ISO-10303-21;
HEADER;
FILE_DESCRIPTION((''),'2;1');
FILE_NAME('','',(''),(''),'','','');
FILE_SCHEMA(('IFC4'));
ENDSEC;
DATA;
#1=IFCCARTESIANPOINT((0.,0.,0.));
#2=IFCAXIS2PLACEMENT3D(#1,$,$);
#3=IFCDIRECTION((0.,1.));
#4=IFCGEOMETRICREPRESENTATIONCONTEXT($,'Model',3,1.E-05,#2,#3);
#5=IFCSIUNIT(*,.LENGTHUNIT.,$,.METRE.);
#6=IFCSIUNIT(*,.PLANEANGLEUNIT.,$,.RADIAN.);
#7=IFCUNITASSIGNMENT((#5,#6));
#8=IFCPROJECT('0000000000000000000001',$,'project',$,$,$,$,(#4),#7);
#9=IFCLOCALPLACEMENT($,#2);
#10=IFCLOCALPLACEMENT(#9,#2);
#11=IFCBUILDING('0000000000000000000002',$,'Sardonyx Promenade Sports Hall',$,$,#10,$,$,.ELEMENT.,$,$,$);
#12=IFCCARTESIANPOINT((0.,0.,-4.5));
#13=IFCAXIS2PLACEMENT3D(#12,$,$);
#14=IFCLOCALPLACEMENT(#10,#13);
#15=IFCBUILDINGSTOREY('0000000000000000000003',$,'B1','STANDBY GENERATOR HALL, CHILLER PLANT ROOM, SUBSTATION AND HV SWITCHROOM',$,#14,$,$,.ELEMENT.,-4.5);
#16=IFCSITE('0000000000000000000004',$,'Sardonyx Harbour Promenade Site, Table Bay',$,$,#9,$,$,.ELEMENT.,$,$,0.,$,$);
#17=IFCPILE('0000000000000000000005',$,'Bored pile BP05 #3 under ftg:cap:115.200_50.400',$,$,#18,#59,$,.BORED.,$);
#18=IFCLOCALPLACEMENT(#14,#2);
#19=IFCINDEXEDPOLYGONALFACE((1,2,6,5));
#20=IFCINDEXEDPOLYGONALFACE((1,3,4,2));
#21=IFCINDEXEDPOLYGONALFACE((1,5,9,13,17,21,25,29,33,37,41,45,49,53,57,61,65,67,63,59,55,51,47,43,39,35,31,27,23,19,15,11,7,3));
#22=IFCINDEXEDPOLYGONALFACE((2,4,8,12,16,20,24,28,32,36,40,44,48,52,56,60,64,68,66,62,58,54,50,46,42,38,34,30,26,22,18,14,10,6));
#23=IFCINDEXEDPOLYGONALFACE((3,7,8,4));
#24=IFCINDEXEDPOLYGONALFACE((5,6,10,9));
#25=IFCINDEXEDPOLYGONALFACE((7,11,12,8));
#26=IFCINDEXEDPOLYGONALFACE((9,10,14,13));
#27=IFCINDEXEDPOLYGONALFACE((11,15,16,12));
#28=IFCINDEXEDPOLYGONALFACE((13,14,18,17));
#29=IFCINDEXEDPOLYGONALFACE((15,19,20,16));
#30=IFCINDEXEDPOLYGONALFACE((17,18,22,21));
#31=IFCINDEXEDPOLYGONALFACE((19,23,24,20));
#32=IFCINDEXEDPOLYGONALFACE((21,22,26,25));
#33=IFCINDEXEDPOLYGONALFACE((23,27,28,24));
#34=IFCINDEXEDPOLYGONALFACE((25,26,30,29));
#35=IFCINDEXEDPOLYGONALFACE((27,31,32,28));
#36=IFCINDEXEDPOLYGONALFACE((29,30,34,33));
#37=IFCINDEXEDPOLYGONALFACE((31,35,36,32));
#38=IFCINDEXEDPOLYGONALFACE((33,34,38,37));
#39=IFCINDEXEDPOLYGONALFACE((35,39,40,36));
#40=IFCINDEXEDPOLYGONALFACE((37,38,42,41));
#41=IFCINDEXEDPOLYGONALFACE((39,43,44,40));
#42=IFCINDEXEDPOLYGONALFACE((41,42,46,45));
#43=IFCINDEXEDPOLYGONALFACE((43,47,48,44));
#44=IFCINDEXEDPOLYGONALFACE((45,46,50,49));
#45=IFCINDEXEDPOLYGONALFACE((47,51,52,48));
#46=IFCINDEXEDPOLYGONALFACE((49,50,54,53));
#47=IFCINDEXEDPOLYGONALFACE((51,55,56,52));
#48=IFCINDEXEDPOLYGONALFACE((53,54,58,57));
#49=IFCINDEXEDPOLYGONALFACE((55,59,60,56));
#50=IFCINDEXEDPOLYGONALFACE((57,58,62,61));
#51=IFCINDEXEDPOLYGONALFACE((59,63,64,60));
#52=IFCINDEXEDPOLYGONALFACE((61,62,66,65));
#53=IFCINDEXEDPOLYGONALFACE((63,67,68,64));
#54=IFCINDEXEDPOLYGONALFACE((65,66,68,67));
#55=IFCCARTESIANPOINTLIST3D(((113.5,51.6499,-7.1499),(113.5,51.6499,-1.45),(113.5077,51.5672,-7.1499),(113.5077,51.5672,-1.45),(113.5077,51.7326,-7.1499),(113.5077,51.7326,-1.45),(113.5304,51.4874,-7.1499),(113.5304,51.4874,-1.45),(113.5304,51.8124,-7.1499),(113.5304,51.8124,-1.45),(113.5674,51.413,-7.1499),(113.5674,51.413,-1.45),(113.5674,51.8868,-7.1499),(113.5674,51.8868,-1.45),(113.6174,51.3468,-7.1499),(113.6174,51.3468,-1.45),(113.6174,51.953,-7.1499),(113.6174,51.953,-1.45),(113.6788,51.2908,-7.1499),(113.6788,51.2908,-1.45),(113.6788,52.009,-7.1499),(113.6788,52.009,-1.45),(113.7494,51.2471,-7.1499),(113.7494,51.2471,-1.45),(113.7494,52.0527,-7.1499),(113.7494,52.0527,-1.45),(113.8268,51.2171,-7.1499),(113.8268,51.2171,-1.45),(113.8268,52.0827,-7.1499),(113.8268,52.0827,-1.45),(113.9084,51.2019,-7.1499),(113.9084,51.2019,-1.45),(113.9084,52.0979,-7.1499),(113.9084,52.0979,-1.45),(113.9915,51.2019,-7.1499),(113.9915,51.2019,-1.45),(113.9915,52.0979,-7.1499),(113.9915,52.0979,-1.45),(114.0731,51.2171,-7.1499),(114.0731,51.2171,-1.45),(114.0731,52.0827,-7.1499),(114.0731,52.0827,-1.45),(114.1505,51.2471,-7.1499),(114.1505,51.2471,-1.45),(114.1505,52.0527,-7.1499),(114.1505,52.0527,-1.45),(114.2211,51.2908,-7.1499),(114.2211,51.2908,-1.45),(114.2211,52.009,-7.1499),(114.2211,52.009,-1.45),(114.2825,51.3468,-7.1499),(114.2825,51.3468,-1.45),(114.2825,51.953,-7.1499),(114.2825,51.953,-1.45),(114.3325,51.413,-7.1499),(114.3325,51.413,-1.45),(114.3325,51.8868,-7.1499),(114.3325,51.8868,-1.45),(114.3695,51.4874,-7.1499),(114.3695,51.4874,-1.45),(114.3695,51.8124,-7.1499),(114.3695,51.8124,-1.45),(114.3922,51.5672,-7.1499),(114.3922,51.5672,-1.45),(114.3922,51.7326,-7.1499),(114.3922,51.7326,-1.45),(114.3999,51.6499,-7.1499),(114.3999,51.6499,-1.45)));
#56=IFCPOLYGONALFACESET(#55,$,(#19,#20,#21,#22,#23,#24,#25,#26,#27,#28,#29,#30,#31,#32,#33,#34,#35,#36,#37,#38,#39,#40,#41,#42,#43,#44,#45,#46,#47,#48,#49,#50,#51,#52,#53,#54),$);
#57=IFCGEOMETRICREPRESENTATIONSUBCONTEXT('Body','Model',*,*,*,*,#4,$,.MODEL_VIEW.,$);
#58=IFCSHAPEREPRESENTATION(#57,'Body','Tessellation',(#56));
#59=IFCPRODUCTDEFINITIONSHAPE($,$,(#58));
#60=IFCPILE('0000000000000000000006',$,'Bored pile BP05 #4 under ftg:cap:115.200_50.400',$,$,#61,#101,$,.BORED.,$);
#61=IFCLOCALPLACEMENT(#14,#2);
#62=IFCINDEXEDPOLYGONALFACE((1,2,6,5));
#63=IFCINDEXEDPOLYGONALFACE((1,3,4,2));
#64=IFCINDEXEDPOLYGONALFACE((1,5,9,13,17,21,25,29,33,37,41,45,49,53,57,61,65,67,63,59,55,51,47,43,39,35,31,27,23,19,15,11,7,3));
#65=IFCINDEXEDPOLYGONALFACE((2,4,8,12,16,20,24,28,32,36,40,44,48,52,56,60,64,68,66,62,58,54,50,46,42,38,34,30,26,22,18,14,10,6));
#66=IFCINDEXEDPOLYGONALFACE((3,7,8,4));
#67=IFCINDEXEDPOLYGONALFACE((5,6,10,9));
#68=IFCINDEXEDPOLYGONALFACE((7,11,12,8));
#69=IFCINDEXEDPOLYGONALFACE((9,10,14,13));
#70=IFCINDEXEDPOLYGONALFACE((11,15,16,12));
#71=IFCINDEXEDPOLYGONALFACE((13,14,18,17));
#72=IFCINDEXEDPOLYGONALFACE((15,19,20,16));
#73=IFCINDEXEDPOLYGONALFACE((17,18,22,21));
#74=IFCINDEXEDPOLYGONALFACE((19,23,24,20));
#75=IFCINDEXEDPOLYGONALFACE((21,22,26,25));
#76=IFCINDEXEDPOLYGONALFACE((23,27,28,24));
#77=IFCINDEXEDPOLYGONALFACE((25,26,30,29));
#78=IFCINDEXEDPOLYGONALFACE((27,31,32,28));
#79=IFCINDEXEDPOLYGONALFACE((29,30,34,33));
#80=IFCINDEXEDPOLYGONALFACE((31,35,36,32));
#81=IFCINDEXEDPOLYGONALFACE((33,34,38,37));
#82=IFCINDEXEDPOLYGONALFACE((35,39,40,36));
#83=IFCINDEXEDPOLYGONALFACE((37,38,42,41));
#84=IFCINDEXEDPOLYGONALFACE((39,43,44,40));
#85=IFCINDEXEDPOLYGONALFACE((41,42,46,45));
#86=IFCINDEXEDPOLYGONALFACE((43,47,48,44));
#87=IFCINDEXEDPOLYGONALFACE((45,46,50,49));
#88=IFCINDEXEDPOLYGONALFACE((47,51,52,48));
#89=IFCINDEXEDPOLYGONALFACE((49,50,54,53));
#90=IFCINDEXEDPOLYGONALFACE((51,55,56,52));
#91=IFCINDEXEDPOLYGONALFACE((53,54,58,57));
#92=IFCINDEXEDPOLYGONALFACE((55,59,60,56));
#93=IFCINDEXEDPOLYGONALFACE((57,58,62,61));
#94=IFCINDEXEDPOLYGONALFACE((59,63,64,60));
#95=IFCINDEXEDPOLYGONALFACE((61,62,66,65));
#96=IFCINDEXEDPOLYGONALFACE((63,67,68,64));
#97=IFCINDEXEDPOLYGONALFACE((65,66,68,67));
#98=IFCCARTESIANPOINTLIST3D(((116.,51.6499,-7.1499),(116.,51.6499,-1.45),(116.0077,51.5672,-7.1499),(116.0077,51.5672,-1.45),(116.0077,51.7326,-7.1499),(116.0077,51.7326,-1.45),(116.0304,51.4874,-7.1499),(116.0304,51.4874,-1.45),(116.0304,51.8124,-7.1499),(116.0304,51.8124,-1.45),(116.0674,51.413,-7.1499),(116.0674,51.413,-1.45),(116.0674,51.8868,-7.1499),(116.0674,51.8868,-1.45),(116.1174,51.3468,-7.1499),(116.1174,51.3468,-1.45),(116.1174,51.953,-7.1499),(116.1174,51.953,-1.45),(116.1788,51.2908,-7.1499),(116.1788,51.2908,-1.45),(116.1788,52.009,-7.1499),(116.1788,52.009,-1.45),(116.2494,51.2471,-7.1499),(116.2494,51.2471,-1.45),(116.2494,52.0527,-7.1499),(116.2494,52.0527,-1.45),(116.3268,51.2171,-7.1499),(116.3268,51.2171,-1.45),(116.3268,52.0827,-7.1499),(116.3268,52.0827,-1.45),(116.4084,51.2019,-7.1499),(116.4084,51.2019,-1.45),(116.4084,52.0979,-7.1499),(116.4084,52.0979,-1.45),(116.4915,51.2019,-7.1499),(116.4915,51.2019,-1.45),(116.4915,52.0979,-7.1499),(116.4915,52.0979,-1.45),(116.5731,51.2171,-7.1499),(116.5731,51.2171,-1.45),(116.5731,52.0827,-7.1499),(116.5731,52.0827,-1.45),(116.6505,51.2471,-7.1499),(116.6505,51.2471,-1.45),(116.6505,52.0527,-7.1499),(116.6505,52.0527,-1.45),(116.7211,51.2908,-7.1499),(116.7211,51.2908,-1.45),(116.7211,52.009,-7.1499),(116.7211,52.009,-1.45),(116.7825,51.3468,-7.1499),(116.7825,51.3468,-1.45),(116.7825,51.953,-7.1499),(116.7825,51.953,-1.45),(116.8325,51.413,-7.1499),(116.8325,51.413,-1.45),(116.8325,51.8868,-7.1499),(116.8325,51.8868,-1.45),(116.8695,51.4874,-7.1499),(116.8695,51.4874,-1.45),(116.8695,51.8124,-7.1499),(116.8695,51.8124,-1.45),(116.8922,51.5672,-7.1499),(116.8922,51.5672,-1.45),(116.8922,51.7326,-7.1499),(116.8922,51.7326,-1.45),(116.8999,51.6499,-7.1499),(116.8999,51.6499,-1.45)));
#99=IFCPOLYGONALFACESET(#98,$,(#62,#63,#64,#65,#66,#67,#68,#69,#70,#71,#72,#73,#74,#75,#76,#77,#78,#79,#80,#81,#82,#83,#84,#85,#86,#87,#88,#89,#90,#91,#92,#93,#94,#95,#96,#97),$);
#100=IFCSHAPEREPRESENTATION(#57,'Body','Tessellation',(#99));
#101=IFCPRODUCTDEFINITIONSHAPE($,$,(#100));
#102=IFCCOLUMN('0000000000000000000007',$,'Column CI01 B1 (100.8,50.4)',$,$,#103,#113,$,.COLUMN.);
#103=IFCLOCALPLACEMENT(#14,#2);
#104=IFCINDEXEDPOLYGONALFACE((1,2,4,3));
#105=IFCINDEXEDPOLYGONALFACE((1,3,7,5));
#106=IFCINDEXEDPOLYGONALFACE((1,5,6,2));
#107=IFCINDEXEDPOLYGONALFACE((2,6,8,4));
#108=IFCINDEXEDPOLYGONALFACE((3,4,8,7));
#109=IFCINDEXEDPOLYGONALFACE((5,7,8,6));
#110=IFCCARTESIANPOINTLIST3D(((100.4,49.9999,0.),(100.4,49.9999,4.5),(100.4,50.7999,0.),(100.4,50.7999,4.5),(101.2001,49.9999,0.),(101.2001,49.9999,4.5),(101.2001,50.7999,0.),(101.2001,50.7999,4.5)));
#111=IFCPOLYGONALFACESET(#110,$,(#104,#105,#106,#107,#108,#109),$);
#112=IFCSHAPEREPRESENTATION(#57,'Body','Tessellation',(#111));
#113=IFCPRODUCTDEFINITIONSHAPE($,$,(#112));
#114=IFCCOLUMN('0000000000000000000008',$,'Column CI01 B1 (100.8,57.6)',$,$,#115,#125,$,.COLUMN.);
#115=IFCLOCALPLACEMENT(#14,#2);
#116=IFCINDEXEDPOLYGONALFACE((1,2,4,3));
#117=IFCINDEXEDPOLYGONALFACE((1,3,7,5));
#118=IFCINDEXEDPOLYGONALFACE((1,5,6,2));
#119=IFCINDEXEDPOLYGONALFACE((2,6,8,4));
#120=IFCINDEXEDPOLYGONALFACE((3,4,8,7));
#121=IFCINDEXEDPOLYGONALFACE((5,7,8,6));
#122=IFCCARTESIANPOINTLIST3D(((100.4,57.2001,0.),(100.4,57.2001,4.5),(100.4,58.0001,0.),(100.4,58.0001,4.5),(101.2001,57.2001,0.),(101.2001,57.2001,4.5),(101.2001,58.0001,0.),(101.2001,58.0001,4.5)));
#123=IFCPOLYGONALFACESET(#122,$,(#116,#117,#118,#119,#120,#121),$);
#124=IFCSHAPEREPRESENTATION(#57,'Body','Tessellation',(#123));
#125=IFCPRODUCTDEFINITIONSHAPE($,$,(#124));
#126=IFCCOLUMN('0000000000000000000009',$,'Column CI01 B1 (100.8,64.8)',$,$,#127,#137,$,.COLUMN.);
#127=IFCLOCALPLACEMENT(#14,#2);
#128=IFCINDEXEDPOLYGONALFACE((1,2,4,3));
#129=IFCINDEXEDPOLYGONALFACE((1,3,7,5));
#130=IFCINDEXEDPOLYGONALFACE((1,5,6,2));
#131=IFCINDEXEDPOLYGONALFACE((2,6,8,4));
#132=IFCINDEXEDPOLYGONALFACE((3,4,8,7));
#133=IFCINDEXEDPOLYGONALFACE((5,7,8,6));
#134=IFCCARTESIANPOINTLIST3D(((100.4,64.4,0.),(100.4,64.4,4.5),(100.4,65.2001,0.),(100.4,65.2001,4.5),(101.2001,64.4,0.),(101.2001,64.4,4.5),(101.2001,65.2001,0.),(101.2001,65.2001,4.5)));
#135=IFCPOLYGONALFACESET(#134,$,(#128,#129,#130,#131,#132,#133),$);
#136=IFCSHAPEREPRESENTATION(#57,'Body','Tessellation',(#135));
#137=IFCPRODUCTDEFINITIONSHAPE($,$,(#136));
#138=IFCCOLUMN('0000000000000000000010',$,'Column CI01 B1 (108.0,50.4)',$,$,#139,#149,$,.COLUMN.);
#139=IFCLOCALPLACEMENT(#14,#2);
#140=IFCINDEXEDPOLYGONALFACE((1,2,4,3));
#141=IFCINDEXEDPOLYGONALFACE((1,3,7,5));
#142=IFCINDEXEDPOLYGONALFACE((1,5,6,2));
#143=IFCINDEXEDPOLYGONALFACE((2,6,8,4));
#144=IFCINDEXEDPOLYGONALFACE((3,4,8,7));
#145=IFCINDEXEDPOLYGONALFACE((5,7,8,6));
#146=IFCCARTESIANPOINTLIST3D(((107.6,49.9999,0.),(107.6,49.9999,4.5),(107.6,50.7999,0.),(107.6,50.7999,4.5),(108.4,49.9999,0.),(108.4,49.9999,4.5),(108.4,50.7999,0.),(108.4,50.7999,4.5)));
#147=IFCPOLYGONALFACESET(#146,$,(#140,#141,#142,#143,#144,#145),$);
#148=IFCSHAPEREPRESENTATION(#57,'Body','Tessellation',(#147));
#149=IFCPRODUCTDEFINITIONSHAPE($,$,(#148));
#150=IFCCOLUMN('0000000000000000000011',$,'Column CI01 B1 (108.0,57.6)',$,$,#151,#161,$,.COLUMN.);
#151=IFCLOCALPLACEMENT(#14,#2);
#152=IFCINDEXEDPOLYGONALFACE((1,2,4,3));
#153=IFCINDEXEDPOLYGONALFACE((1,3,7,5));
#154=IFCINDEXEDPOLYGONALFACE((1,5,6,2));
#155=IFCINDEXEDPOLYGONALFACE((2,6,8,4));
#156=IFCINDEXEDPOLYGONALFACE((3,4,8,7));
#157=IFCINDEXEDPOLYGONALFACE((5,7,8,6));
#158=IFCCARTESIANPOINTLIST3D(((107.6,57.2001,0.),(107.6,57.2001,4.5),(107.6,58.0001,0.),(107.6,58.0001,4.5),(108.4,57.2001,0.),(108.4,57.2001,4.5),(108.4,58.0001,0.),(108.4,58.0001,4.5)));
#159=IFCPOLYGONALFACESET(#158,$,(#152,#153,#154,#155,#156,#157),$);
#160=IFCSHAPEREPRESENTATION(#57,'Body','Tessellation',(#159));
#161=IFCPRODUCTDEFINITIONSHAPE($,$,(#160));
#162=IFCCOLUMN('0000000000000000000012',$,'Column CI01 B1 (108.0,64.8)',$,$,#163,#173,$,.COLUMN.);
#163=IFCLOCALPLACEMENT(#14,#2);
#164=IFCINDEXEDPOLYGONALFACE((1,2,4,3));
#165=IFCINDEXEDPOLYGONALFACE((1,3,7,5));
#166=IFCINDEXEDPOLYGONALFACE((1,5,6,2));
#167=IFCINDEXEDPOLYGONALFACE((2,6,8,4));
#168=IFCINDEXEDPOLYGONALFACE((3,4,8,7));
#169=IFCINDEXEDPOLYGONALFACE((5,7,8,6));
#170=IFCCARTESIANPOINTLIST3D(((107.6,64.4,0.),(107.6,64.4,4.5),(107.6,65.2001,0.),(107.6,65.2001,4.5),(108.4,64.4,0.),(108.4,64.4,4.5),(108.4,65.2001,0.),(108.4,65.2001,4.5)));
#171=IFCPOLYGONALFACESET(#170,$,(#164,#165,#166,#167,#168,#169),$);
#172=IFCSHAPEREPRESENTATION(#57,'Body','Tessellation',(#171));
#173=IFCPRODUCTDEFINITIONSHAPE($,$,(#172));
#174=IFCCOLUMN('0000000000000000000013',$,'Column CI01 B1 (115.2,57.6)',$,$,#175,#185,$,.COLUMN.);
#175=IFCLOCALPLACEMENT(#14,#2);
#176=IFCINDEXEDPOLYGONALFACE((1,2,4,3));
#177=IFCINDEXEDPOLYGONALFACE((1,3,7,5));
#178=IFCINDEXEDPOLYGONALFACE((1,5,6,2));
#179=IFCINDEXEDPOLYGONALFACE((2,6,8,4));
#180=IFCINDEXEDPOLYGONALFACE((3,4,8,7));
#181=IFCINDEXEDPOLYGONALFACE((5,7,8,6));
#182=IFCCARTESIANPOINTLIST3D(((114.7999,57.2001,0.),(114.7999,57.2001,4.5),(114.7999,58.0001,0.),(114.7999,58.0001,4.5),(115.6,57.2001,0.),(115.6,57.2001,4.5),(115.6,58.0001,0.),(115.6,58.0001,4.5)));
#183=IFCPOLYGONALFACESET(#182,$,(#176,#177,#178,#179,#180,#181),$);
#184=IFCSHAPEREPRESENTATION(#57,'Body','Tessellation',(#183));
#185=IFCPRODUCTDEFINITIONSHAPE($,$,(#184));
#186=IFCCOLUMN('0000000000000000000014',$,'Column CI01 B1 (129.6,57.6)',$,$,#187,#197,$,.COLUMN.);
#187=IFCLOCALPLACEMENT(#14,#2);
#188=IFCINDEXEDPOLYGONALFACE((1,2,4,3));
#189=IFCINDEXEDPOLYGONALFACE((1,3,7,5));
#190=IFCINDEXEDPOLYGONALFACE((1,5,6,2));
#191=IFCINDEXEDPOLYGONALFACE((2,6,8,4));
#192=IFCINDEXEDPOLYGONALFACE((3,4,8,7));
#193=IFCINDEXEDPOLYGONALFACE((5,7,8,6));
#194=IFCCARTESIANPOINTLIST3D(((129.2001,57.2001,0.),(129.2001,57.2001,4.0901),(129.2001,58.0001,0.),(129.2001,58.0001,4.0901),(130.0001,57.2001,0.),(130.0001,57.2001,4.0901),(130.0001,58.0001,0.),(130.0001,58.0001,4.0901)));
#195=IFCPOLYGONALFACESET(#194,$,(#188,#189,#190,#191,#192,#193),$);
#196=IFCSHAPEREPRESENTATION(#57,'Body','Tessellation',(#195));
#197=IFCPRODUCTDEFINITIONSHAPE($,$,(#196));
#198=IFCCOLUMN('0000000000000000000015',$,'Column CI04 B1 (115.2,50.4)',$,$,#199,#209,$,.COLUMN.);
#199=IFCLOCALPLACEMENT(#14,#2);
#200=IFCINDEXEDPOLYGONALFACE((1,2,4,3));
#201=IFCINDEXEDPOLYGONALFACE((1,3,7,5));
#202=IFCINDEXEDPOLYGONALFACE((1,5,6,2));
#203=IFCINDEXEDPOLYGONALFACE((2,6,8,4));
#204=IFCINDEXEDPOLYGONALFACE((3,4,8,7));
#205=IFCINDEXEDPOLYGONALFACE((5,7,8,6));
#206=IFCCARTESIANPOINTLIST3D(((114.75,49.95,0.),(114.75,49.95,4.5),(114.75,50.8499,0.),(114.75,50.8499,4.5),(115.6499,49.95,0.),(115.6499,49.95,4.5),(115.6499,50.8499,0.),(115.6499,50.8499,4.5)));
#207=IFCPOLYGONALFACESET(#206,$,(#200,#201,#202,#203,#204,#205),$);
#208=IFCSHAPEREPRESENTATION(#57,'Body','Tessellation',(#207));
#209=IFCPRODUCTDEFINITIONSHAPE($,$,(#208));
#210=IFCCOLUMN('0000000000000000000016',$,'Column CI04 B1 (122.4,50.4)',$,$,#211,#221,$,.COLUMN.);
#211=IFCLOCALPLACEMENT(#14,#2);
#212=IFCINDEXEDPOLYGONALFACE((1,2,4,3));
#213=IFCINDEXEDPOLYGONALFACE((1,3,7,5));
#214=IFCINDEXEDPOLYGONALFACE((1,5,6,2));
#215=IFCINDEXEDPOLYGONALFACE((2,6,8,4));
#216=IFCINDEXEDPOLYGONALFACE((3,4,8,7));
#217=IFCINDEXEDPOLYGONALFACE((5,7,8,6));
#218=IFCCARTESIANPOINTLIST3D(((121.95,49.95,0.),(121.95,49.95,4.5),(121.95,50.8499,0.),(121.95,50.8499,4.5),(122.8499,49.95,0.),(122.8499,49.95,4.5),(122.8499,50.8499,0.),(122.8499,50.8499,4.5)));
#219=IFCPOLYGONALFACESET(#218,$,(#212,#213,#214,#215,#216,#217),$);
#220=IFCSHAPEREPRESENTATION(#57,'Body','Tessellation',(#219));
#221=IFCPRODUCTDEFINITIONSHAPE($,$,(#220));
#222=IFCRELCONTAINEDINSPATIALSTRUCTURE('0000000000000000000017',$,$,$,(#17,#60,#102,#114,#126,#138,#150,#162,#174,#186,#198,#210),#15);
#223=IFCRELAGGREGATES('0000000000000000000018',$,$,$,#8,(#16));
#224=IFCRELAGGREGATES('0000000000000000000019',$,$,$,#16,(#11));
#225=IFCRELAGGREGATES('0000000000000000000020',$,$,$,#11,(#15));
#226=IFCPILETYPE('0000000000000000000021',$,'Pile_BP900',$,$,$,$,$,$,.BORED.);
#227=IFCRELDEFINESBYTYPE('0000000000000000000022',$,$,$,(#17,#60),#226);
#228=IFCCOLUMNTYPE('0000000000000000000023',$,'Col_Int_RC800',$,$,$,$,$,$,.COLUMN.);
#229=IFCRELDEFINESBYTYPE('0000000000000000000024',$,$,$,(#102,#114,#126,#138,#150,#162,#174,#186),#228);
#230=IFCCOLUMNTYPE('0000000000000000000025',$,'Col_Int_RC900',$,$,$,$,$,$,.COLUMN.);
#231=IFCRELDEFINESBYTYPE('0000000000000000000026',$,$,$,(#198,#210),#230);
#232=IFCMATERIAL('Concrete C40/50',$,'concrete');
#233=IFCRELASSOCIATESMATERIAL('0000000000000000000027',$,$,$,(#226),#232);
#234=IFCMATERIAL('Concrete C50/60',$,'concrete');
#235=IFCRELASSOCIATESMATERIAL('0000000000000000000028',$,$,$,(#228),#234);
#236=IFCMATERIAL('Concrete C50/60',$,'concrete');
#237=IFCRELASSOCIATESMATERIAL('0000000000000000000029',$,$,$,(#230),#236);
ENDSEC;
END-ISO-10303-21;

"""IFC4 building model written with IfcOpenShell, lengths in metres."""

from ifc_helpers import new_model, si_unit, direction, frame, origin, origin_2d, place, context, subcontext, project, spatial, rectangle, circle, extrude, material, material_profile, profile_set, type_object, element, save


model = new_model("IFC4")

# Units and contexts
model_context = context("Model", 3, precision=1e-05, world=origin(), true_north=direction((0.0, 1.0)))
body_context = subcontext(model_context, "Body", "Model", "MODEL_VIEW")
ifc_project = project(units=[si_unit("LENGTHUNIT", "METRE"), si_unit("PLANEANGLEUNIT", "RADIAN")], contexts=[model_context])

# Site, building, storey
site_placement = place(None, origin())
site = spatial("IfcSite", under=ifc_project, at=site_placement, Name="Sardonyx Harbour Promenade Site, Table Bay", CompositionType="ELEMENT", RefElevation=0.0)
building_placement = place(site_placement, origin())
building = spatial("IfcBuilding", under=site, at=building_placement, Name="Sardonyx Promenade Sports Hall", CompositionType="ELEMENT")
storey_placement = place(building_placement, frame((0.0, 0.0, -4.5)))
storey = spatial("IfcBuildingStorey", under=building, at=storey_placement, Name="B1", Description="STANDBY GENERATOR HALL, CHILLER PLANT ROOM, SUBSTATION AND HV SWITCHROOM", CompositionType="ELEMENT", Elevation=-4.5)

# Piles
ifc_material_1 = material(Name="Concrete C40/50", Category="concrete")
ifc_material_profile_1 = material_profile(ifc_material_1, circle(Radius=0.45, at=origin_2d()))
ifc_profile_set_1 = profile_set([ifc_material_profile_1], Name="Concrete C40/50")
pile_type_1 = type_object("IfcPileType", Name="Pile_BP900", PredefinedType="BORED", material=ifc_profile_set_1)
for number, where, z_axis, x_axis, name in (
    (1, (113.95, 51.6499, -1.45), (0.0, 0.0, -1.0), (1.0, 0.0, 0.0), "Bored pile BP05 #3 under ftg:cap:115.200_50.400"),
    (2, (116.45, 51.6499, -1.45), (0.0, 0.0, -1.0), (1.0, 0.0, 0.0), "Bored pile BP05 #4 under ftg:cap:115.200_50.400"),
):
    element("IfcPile", number, at=place(storey_placement, frame(where, z_axis=z_axis, x_axis=x_axis)), inside=storey, type_object=pile_type_1, Name=name, PredefinedType="BORED", context=body_context, shape_type="SweptSolid", body=[
        extrude(circle(Radius=0.45, at=origin_2d()), origin(), (0.0, 0.0, 1.0), 5.7),
    ])

# Columns
ifc_material_2 = material(Name="Concrete C50/60", Category="concrete")
ifc_material_profile_2 = material_profile(ifc_material_2, rectangle(XDim=0.8, YDim=0.8, at=origin_2d()))
ifc_profile_set_2 = profile_set([ifc_material_profile_2], Name="Concrete C50/60")
column_type_1 = type_object("IfcColumnType", Name="Col_Int_RC800", PredefinedType="COLUMN", material=ifc_profile_set_2)
for number, where, z_axis, x_axis, name in (
    (3, (100.8, 50.3999, 0.0), (0.0, 0.0, 1.0), (1.0, 0.0, 0.0), "Column CI01 B1 (100.8,50.4)"),
    (4, (100.8, 57.6001, 0.0), (0.0, 0.0, 1.0), (1.0, 0.0, 0.0), "Column CI01 B1 (100.8,57.6)"),
    (5, (100.8, 64.8, 0.0), (0.0, 0.0, 1.0), (1.0, 0.0, 0.0), "Column CI01 B1 (100.8,64.8)"),
    (6, (108.0, 50.3999, 0.0), (0.0, 0.0, 1.0), (1.0, 0.0, 0.0), "Column CI01 B1 (108.0,50.4)"),
    (7, (108.0, 57.6001, 0.0), (0.0, 0.0, 1.0), (1.0, 0.0, 0.0), "Column CI01 B1 (108.0,57.6)"),
    (8, (108.0, 64.8, 0.0), (0.0, 0.0, 1.0), (1.0, 0.0, 0.0), "Column CI01 B1 (108.0,64.8)"),
    (9, (115.2, 57.6001, 0.0), (0.0, 0.0, 1.0), (1.0, 0.0, 0.0), "Column CI01 B1 (115.2,57.6)"),
):
    element("IfcColumn", number, at=place(storey_placement, frame(where, z_axis=z_axis, x_axis=x_axis)), inside=storey, type_object=column_type_1, Name=name, PredefinedType="COLUMN", context=body_context, shape_type="SweptSolid", body=[
        extrude(rectangle(XDim=0.8, YDim=0.8, at=origin_2d()), origin(), (0.0, 0.0, 1.0), 4.5),
    ])
column_placement = place(storey_placement, frame((129.6001, 57.6001, 0.0), z_axis=(0.0, 0.0, 1.0), x_axis=(1.0, 0.0, 0.0)))
element("IfcColumn", 10, at=column_placement, inside=storey, type_object=column_type_1, Name="Column CI01 B1 (129.6,57.6)", PredefinedType="COLUMN", context=body_context, shape_type="SweptSolid", body=[
    extrude(rectangle(XDim=0.8, YDim=0.8, at=origin_2d()), origin(), (0.0, 0.0, 1.0), 4.0901),
])
ifc_material_3 = material(Name="Concrete C50/60", Category="concrete")
ifc_material_profile_3 = material_profile(ifc_material_3, rectangle(XDim=0.8999, YDim=0.8999, at=origin_2d()))
ifc_profile_set_3 = profile_set([ifc_material_profile_3], Name="Concrete C50/60")
column_type_2 = type_object("IfcColumnType", Name="Col_Int_RC900", PredefinedType="COLUMN", material=ifc_profile_set_3)
for number, where, z_axis, x_axis, name in (
    (11, (115.2, 50.3999, 0.0), (0.0, 0.0, 1.0), (1.0, 0.0, 0.0), "Column CI04 B1 (115.2,50.4)"),
    (12, (122.3999, 50.3999, 0.0), (0.0, 0.0, 1.0), (1.0, 0.0, 0.0), "Column CI04 B1 (122.4,50.4)"),
):
    element("IfcColumn", number, at=place(storey_placement, frame(where, z_axis=z_axis, x_axis=x_axis)), inside=storey, type_object=column_type_2, Name=name, PredefinedType="COLUMN", context=body_context, shape_type="SweptSolid", body=[
        extrude(rectangle(XDim=0.8999, YDim=0.8999, at=origin_2d()), origin(), (0.0, 0.0, 1.0), 4.5),
    ])

save(model, "model.ifc")
